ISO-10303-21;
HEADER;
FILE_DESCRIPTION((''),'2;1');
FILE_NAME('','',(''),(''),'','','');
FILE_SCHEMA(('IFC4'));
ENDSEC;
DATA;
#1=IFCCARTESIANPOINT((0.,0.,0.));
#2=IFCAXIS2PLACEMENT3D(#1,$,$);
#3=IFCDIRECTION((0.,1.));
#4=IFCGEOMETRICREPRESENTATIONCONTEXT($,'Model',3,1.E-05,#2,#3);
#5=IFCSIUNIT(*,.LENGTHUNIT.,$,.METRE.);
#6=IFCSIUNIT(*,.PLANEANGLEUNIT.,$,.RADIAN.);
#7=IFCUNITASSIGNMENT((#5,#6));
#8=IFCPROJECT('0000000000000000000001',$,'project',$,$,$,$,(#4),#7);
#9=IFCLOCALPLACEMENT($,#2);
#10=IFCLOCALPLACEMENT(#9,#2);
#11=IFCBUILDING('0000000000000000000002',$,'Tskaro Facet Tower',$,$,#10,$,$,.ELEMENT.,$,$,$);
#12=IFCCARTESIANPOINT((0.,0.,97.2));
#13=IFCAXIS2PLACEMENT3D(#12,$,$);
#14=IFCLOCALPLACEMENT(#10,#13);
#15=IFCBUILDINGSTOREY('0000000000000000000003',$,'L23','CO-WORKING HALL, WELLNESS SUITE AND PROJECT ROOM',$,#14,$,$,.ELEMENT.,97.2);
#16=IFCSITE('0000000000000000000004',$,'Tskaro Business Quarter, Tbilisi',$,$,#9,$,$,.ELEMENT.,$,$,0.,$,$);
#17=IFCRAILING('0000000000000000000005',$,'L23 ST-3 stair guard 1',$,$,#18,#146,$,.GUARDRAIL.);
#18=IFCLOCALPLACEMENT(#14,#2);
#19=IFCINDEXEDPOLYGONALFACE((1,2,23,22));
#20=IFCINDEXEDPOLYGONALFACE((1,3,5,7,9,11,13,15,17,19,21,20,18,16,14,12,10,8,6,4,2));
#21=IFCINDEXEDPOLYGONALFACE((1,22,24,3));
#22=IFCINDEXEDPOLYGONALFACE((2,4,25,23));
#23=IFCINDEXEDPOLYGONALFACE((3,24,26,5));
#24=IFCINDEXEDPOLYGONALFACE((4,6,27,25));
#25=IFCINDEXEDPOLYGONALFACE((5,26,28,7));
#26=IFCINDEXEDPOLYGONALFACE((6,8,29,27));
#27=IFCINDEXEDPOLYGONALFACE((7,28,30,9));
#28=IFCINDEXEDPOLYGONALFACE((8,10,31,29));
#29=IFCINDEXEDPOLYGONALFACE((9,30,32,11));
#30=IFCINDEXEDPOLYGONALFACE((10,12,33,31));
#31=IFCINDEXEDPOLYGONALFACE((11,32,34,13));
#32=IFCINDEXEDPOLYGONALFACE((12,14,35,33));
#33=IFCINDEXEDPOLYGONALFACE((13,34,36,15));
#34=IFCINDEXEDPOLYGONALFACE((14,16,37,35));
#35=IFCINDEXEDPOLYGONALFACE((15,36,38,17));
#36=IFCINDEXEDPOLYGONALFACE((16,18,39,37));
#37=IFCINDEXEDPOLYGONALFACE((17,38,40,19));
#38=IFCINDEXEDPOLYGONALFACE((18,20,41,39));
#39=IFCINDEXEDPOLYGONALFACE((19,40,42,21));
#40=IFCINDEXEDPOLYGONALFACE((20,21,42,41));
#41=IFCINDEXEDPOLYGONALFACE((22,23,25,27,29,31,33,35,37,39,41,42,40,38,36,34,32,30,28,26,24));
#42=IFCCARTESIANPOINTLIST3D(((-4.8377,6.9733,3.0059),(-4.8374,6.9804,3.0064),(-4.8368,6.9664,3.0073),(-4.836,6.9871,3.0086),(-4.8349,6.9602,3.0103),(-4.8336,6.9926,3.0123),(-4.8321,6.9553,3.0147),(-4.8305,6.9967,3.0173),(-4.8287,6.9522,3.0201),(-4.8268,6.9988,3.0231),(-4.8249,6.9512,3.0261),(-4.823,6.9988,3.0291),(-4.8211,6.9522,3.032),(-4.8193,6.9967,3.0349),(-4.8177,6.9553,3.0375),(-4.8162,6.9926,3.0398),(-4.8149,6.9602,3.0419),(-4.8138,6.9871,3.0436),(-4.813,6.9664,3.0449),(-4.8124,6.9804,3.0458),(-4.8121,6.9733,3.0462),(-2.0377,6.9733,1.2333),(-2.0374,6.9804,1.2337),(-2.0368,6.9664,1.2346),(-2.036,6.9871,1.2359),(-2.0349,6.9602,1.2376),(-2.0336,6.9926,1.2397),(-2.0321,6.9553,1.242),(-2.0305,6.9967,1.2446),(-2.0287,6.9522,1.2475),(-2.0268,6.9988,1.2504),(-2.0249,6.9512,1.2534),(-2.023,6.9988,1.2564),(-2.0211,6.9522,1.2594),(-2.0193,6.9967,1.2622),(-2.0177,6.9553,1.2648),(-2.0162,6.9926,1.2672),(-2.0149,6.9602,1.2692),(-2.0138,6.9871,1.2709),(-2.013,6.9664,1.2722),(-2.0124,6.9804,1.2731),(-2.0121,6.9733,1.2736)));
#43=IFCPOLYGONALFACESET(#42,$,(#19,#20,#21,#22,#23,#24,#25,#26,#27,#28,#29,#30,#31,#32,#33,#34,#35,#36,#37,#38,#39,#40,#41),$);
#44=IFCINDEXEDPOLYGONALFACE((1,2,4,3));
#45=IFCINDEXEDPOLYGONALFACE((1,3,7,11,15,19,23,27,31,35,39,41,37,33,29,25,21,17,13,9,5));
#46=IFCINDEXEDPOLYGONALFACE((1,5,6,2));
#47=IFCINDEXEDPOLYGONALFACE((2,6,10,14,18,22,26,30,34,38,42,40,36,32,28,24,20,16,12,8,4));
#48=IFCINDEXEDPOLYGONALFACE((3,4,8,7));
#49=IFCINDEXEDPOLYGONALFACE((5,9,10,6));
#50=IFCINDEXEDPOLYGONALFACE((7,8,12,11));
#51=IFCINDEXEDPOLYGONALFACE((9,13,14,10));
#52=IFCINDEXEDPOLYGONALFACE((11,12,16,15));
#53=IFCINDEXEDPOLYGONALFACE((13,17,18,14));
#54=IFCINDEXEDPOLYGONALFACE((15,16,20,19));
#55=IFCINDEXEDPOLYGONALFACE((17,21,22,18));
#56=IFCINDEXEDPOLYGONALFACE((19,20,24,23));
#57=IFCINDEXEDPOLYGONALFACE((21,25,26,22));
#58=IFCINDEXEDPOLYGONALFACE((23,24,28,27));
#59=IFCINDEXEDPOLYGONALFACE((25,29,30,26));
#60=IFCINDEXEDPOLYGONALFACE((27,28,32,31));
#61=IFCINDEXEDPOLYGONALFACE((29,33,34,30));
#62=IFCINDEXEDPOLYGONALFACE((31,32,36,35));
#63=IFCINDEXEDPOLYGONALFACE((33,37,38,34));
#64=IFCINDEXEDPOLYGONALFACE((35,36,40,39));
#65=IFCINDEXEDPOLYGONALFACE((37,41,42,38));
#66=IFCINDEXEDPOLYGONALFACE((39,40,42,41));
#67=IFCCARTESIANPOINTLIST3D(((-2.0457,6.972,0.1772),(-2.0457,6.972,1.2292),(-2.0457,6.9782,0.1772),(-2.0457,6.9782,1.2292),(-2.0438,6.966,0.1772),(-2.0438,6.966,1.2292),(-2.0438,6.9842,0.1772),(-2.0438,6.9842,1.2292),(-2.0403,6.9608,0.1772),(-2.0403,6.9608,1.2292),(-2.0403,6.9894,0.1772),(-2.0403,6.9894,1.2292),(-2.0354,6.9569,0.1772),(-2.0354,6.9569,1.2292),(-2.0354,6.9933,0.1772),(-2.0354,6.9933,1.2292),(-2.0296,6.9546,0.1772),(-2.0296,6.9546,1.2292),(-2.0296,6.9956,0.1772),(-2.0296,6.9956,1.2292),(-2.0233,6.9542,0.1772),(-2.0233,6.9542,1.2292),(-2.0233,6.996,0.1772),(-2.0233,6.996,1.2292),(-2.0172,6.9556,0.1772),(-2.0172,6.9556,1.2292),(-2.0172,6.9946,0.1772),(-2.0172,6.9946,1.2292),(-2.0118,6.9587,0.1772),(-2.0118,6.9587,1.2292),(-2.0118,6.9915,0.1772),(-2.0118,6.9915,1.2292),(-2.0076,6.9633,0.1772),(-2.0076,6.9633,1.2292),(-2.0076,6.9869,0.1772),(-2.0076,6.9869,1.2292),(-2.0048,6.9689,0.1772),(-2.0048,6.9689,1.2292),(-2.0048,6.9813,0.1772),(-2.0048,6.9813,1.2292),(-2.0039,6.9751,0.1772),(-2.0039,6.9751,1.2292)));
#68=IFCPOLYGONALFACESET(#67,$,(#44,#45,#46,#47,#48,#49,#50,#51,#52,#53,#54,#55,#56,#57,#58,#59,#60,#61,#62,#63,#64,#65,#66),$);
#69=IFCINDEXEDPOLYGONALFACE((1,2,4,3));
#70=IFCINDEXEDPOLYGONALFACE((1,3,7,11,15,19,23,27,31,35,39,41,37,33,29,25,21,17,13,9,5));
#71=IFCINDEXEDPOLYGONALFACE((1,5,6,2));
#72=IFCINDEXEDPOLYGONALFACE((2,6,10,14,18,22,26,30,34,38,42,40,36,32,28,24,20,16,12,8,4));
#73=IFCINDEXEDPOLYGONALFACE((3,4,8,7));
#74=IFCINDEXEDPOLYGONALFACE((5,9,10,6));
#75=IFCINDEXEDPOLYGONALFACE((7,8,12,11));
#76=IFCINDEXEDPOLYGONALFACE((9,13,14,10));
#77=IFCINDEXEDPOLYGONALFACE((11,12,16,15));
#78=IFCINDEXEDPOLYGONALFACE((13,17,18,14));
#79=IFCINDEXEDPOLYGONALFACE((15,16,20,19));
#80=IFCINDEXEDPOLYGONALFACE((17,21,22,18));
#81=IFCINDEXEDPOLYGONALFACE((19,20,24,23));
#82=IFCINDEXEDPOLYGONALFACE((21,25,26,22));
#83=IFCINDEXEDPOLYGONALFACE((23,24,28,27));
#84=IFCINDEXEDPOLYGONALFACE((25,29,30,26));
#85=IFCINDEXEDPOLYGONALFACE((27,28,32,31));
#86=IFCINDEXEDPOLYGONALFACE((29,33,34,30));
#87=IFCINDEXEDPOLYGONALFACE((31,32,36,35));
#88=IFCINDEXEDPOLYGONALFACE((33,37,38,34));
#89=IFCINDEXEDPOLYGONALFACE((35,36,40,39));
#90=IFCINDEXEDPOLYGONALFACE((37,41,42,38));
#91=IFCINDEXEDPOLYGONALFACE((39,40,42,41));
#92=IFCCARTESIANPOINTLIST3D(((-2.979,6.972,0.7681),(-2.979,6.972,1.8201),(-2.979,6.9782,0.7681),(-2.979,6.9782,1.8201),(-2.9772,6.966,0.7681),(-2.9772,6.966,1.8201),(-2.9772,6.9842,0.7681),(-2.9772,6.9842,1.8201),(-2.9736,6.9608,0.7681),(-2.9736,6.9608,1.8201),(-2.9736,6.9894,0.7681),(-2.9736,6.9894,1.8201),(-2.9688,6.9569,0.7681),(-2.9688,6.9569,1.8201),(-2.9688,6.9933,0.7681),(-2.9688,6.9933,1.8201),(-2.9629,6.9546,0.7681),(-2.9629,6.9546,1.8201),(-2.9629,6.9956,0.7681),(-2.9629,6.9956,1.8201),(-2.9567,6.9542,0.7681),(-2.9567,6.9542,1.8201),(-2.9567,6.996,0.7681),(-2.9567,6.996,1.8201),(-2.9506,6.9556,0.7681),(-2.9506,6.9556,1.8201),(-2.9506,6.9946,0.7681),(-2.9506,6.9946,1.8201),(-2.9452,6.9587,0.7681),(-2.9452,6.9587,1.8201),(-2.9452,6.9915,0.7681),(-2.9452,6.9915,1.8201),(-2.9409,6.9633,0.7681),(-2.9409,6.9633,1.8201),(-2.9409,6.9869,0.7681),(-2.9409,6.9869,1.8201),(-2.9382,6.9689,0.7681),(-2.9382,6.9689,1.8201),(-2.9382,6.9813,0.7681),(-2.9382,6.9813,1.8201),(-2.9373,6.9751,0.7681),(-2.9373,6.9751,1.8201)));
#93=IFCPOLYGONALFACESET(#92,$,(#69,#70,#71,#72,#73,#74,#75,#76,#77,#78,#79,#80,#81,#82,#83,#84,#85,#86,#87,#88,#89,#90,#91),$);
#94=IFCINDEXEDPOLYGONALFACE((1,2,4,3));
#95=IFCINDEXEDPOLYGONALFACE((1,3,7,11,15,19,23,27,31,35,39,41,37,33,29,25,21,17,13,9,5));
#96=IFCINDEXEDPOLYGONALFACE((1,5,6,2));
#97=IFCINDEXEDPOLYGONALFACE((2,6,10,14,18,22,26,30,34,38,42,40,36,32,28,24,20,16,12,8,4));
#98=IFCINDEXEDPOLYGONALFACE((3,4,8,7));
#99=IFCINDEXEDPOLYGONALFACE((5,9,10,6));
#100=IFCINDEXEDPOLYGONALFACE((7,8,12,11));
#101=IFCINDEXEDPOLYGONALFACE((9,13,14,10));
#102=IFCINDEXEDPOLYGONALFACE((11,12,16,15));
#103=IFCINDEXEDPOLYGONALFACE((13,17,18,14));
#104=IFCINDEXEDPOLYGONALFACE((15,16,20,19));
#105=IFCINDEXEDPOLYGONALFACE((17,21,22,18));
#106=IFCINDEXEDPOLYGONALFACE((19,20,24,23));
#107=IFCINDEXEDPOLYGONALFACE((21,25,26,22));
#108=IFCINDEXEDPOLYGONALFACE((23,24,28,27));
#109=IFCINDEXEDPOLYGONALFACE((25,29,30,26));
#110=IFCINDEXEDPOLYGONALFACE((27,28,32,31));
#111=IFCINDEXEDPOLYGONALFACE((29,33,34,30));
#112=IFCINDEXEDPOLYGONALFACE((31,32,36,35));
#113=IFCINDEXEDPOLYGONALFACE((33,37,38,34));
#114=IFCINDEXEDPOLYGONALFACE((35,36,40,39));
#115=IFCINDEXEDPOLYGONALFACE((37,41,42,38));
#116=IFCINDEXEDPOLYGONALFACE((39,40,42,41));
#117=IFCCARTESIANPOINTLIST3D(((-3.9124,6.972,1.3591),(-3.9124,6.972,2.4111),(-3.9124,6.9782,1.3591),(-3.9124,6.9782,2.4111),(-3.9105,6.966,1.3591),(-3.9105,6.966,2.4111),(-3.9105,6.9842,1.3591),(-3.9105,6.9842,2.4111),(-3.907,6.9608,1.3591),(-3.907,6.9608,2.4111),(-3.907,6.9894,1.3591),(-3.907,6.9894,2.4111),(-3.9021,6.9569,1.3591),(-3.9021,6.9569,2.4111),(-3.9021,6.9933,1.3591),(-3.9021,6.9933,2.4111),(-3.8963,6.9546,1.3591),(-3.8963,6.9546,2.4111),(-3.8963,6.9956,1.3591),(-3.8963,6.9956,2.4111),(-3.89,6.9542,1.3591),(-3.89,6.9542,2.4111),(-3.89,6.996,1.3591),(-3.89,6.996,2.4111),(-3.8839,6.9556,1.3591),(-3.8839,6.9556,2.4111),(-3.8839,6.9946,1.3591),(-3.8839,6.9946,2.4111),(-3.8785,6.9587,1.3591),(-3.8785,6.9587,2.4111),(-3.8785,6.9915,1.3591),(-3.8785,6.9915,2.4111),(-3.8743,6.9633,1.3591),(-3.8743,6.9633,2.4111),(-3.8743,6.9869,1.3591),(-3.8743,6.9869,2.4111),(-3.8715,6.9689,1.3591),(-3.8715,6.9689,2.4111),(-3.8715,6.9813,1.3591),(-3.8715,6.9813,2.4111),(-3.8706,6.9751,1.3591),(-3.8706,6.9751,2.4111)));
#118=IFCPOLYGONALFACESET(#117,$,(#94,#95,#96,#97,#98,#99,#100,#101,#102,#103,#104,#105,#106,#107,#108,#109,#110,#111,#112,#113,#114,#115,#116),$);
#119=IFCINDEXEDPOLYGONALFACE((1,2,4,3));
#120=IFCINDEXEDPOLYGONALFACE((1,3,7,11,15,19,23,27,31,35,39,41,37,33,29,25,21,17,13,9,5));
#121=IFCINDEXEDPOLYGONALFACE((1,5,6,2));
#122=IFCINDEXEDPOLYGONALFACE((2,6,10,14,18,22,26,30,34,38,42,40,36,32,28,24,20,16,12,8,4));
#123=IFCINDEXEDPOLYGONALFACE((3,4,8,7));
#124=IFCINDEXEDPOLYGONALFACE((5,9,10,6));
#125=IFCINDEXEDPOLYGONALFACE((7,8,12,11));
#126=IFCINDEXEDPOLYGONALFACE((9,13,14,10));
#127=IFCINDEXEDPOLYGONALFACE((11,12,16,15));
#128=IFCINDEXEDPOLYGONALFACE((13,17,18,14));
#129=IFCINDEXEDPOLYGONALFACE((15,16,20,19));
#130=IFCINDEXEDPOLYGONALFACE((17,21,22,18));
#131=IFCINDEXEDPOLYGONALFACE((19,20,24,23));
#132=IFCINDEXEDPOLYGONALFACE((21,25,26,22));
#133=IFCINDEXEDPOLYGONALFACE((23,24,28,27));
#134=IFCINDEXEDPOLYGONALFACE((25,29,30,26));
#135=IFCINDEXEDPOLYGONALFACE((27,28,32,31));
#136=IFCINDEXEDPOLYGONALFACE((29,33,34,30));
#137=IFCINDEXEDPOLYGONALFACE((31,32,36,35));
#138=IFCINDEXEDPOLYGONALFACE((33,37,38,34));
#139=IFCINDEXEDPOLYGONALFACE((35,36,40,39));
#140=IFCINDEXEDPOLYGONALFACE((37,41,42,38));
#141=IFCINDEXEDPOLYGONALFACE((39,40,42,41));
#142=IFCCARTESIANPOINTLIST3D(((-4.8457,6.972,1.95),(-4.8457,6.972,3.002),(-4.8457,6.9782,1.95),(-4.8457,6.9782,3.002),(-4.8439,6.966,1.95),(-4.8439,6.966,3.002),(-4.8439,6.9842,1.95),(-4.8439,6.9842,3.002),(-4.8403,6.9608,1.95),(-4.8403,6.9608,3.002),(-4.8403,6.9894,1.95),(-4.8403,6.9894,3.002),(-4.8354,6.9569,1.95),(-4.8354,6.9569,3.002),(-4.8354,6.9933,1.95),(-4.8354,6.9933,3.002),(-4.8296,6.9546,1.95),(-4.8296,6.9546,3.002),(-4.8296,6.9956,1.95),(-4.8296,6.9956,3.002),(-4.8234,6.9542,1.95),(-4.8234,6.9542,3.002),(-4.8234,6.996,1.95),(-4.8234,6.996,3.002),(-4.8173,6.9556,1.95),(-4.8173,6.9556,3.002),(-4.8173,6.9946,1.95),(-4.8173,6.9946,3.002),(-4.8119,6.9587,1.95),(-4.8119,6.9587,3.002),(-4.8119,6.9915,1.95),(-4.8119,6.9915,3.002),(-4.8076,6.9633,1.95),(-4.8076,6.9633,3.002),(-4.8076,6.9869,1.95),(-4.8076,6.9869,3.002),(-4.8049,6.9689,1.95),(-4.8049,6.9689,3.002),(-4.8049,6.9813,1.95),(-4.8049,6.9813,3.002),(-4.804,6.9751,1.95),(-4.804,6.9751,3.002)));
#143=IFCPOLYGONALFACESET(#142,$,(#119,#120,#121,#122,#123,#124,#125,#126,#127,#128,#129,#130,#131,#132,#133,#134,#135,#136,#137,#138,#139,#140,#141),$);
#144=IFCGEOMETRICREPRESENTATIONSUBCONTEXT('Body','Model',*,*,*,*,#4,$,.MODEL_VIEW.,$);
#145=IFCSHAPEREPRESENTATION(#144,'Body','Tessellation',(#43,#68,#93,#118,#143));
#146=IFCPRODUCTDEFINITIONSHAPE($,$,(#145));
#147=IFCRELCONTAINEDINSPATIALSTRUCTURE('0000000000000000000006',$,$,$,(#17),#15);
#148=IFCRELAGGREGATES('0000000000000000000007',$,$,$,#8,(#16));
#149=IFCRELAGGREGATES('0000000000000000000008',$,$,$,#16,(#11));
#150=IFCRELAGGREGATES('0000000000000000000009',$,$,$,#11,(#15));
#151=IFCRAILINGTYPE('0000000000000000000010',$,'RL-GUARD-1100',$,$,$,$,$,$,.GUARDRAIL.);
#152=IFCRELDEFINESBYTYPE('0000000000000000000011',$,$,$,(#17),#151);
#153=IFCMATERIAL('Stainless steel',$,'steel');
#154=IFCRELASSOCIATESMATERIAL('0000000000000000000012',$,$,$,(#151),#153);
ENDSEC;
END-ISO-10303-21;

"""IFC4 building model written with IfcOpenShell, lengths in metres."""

from ifc_helpers import new_model, si_unit, direction, frame, origin, origin_2d, place, context, subcontext, project, spatial, circle, extrude, material, type_object, element, save


model = new_model("IFC4")

# Units and contexts
model_context = context("Model", 3, precision=1e-05, world=origin(), true_north=direction((0.0, 1.0)))
body_context = subcontext(model_context, "Body", "Model", "MODEL_VIEW")
ifc_project = project(units=[si_unit("LENGTHUNIT", "METRE"), si_unit("PLANEANGLEUNIT", "RADIAN")], contexts=[model_context])

# Site, building, storey
site_placement = place(None, origin())
site = spatial("IfcSite", under=ifc_project, at=site_placement, Name="Tskaro Business Quarter, Tbilisi", CompositionType="ELEMENT", RefElevation=0.0)
building_placement = place(site_placement, origin())
building = spatial("IfcBuilding", under=site, at=building_placement, Name="Tskaro Facet Tower", CompositionType="ELEMENT")
storey_placement = place(building_placement, frame((0.0, 0.0, 97.2)))
storey = spatial("IfcBuildingStorey", under=building, at=storey_placement, Name="L23", Description="CO-WORKING HALL, WELLNESS SUITE AND PROJECT ROOM", CompositionType="ELEMENT", Elevation=97.2)

# Railing
ifc_material_1 = material(Name="Stainless steel", Category="steel")
railing_type_1 = type_object("IfcRailingType", Name="RL-GUARD-1100", PredefinedType="GUARDRAIL", material=ifc_material_1)
railing_1_placement = place(storey_placement, frame((-2.0249, 6.9751, 0.1772)))
element("IfcRailing", 1, at=railing_1_placement, inside=storey, type_object=railing_type_1, Name="L23 ST-3 stair guard 1", PredefinedType="GUARDRAIL", context=body_context, shape_type="SweptSolid", body=[
    extrude(circle(Radius=0.0239, at=origin_2d()), frame((0.0, 0.0, 1.0762), z_axis=(-0.844909, 0.0, 0.53491), x_axis=(0.0, -1.0, 0.0)), (0.0, 0.0, 1.0), 3.314),
    extrude(circle(Radius=0.021, at=origin_2d()), origin(), (0.0, 0.0, 1.0), 1.052),
    extrude(circle(Radius=0.021, at=origin_2d()), frame((-0.9333, 0.0, 0.5908)), (0.0, 0.0, 1.0), 1.052),
    extrude(circle(Radius=0.021, at=origin_2d()), frame((-1.8667, 0.0, 1.1819)), (0.0, 0.0, 1.0), 1.052),
    extrude(circle(Radius=0.021, at=origin_2d()), frame((-2.8, 0.0, 1.7727)), (0.0, 0.0, 1.0), 1.052),
])

save(model, "model.ifc")
